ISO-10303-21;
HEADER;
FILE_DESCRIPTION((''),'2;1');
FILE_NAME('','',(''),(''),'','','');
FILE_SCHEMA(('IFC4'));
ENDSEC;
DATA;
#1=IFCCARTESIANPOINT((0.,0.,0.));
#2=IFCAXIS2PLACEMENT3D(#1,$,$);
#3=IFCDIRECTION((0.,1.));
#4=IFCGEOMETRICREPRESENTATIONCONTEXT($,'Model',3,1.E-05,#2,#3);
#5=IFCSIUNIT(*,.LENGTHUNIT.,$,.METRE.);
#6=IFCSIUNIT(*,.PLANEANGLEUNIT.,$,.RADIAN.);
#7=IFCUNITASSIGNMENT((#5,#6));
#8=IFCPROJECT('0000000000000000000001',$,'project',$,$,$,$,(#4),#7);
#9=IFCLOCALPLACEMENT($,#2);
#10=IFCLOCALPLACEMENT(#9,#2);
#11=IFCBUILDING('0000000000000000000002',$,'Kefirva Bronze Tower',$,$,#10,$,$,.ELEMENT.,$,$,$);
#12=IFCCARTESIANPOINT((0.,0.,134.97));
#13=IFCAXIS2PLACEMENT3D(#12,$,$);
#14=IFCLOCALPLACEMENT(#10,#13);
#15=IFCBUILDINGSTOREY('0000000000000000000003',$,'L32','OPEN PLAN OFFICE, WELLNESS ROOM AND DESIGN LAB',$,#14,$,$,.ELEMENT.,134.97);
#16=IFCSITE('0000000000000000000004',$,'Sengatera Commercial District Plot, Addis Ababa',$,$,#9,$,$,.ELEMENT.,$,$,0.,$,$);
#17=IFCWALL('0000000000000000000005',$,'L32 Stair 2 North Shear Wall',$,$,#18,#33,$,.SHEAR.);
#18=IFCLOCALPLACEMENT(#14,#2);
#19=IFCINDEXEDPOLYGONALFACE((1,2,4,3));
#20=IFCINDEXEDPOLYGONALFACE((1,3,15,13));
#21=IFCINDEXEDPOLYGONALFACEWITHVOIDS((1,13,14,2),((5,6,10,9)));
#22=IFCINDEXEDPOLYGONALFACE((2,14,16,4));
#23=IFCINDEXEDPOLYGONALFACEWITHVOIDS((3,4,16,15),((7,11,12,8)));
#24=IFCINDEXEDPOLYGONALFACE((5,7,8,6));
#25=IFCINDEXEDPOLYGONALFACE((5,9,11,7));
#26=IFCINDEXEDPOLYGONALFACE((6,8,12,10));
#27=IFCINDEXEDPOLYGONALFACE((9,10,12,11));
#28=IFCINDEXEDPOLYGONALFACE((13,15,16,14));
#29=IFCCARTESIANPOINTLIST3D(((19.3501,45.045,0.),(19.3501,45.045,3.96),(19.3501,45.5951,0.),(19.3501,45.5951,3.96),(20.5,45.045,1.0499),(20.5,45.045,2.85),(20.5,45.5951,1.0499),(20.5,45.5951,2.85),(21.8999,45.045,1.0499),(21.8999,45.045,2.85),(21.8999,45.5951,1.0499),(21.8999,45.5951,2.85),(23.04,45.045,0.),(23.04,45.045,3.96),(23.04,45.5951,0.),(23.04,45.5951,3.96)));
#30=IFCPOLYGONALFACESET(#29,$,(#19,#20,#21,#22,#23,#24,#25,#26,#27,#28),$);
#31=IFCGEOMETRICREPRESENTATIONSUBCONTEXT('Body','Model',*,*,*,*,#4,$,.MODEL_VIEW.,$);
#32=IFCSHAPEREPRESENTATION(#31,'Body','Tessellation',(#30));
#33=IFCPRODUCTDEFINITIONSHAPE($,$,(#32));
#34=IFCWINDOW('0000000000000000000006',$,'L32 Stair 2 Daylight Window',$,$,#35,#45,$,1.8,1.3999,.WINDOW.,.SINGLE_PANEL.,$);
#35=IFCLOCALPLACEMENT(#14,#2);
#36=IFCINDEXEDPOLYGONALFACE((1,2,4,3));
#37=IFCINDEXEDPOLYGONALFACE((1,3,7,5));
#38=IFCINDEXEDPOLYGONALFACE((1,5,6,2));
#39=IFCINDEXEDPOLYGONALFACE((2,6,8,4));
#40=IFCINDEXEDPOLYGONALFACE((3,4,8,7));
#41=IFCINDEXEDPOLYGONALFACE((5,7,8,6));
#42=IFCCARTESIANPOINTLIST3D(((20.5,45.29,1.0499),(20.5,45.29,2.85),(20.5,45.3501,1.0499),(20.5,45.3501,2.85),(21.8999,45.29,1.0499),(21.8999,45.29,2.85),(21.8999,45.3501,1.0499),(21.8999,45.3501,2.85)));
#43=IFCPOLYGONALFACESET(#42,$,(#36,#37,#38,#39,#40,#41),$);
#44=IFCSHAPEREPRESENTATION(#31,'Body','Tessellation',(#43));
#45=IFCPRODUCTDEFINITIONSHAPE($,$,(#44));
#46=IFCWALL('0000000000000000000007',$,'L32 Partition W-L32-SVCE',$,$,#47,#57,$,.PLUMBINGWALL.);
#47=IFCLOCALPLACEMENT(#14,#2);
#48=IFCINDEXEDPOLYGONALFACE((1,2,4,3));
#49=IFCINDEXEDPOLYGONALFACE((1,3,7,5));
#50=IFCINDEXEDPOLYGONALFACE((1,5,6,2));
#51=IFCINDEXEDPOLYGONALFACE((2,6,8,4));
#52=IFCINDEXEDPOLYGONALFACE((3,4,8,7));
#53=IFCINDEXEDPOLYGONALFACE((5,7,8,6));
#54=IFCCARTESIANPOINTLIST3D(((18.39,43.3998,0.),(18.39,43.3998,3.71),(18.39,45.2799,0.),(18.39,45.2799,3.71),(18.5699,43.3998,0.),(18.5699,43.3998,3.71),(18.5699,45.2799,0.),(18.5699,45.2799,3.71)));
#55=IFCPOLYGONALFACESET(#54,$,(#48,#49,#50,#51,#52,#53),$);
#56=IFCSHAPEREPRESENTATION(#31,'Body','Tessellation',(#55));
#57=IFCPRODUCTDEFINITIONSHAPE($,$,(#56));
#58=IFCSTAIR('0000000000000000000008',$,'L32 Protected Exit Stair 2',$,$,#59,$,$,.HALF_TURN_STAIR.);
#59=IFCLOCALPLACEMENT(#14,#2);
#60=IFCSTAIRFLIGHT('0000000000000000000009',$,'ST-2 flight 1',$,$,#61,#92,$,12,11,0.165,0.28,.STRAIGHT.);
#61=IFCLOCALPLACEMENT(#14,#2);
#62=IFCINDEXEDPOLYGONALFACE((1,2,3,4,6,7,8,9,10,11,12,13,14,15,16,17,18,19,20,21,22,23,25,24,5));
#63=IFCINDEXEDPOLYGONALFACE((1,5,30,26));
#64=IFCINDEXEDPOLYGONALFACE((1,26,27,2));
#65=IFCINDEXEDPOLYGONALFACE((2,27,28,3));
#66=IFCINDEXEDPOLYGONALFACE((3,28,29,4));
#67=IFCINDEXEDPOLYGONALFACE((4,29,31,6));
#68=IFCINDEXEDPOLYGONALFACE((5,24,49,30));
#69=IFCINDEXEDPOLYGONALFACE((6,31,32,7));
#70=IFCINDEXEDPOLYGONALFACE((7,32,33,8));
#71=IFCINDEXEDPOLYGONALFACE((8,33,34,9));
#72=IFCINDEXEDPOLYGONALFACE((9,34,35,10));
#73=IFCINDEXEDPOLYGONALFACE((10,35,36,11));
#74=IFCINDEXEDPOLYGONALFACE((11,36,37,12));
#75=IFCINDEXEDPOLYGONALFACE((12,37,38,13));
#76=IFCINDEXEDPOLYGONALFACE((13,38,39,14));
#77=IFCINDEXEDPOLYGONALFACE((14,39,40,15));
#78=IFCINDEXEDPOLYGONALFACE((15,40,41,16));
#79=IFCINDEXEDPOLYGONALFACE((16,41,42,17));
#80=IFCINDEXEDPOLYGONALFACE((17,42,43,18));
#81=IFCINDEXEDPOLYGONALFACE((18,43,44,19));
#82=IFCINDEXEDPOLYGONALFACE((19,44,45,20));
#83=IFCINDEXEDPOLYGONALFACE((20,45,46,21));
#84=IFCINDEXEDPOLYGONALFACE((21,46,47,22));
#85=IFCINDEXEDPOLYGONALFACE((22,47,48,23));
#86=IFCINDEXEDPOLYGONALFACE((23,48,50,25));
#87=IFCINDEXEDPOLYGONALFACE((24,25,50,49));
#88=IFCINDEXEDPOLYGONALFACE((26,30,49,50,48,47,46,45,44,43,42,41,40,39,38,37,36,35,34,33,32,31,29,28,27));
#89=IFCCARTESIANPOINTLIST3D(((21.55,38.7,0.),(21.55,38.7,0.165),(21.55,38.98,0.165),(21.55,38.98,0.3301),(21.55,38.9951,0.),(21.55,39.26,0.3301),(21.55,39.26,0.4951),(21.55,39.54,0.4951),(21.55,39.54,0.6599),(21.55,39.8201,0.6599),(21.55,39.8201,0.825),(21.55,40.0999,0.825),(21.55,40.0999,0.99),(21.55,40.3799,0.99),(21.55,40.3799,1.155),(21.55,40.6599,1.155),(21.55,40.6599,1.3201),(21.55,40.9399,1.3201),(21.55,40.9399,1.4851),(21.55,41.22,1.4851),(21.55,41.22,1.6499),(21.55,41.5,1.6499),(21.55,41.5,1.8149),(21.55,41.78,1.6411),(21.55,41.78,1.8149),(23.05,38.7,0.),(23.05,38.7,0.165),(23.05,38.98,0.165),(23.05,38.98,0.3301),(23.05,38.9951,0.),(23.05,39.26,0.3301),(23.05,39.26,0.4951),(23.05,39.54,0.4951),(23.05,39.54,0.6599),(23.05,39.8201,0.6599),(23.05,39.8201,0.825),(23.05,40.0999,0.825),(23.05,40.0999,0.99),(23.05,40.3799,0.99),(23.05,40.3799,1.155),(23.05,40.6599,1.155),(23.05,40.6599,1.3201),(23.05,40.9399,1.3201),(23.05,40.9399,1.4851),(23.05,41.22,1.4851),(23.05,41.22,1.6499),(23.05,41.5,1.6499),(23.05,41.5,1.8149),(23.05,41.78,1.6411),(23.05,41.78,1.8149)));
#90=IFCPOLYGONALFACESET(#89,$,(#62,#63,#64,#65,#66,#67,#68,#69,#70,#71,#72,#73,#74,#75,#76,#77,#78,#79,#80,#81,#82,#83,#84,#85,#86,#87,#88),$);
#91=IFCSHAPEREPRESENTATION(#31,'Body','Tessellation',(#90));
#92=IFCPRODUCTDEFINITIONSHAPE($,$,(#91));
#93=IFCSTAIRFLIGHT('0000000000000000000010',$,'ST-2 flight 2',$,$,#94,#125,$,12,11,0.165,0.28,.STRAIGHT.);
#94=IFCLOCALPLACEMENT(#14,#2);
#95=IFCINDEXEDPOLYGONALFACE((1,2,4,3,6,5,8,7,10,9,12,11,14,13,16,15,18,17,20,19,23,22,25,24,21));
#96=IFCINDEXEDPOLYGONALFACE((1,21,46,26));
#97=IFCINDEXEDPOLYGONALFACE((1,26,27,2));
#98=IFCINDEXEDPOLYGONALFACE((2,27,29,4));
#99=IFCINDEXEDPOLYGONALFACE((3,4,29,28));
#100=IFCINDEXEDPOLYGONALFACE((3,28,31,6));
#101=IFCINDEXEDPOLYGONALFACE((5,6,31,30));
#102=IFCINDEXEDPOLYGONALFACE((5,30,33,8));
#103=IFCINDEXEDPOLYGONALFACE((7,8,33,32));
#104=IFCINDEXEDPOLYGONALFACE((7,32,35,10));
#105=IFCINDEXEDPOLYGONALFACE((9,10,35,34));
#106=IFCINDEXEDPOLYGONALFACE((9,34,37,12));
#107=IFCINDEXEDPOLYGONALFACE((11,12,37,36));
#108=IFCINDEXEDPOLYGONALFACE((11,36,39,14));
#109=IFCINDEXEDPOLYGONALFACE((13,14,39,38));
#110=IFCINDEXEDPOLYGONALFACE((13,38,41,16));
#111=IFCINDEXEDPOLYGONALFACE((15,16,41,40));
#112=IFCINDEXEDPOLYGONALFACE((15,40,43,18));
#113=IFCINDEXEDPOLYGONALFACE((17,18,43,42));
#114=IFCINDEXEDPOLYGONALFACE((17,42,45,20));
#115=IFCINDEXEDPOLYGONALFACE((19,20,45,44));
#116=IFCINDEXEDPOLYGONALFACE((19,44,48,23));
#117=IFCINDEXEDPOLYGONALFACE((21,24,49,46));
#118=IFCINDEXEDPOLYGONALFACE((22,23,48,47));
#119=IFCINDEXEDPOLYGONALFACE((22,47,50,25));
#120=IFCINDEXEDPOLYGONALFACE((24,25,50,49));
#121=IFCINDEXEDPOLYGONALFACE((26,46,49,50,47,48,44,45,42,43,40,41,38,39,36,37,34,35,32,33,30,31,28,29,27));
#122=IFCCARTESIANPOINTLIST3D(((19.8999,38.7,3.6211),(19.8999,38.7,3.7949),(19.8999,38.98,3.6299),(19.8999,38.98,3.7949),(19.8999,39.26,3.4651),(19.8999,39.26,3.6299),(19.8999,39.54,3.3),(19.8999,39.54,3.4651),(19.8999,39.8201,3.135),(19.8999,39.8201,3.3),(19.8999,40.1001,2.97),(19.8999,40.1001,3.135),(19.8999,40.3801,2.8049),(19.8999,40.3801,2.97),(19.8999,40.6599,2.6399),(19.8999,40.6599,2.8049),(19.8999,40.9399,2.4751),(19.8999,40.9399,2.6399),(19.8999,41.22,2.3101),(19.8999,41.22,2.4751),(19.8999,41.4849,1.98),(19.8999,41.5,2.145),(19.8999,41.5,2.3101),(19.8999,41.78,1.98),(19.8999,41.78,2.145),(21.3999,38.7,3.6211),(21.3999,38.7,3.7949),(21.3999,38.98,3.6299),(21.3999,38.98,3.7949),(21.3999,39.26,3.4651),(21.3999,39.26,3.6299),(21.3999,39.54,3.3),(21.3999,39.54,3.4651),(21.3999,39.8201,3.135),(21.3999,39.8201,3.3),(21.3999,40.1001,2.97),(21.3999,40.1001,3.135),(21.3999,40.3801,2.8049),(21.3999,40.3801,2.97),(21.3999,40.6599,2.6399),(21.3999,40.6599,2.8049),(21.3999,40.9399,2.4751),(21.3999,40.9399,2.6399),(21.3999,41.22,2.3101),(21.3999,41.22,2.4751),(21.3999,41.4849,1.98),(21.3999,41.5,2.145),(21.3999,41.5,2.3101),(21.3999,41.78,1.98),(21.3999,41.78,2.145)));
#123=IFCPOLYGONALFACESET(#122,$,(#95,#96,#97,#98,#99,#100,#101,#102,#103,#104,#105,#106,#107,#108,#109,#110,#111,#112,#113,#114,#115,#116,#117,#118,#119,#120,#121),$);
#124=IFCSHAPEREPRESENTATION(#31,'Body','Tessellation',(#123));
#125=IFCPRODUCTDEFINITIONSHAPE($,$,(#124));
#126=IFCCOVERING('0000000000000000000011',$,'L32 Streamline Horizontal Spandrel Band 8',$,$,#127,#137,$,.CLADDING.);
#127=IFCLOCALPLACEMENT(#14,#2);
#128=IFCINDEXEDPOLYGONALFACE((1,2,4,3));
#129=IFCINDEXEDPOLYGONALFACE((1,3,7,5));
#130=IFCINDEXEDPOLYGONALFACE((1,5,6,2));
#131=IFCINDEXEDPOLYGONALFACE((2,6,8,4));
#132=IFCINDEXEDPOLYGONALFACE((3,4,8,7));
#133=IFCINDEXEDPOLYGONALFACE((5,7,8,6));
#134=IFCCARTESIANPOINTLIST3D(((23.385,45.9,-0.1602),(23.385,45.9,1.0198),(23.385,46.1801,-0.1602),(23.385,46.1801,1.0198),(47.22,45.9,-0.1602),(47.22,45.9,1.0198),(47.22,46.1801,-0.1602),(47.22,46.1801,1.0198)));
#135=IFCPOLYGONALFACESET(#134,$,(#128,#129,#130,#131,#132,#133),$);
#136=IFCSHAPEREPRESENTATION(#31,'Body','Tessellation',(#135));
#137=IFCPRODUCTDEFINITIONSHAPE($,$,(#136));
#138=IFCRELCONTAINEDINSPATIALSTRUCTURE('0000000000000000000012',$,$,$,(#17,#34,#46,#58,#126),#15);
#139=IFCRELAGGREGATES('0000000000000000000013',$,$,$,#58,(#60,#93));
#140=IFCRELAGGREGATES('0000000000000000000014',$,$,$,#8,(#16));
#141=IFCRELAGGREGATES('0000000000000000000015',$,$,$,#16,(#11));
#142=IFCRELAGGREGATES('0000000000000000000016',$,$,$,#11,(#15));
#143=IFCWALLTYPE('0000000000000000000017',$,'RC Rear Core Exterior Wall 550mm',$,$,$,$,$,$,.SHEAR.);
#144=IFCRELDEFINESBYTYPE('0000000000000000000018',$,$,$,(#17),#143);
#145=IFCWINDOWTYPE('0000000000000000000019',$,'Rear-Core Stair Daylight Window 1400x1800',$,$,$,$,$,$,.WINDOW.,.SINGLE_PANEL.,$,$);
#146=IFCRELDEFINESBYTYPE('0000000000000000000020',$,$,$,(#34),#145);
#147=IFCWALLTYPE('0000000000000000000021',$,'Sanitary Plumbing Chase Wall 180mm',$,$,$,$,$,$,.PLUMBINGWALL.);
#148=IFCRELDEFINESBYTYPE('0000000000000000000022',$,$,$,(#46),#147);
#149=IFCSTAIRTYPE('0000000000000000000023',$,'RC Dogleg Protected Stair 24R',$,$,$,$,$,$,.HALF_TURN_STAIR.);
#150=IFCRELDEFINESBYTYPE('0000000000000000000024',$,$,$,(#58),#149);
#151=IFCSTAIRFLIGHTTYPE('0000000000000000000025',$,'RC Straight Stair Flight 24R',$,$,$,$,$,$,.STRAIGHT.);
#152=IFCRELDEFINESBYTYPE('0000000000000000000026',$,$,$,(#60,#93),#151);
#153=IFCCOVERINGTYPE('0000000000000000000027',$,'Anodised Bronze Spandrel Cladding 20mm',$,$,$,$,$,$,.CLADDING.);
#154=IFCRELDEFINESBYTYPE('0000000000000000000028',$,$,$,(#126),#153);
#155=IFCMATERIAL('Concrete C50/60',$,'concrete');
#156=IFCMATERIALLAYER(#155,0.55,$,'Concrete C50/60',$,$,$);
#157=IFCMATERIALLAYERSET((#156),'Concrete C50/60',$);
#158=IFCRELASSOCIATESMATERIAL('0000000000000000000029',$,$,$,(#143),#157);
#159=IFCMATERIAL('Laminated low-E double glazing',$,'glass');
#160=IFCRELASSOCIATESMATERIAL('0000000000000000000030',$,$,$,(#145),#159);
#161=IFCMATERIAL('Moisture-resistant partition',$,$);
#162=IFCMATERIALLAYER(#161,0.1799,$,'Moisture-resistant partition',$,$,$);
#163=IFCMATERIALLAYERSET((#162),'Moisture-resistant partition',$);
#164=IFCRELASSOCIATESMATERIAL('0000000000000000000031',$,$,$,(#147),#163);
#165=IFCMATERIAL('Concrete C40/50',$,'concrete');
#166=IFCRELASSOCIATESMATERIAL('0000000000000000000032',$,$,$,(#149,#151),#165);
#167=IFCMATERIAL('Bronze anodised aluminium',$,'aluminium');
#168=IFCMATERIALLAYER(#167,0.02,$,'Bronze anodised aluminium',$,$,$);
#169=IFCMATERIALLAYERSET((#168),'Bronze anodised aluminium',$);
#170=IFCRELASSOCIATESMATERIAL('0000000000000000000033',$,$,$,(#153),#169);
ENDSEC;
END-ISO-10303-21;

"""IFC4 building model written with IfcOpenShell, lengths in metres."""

from ifc_helpers import new_model, si_unit, direction, frame, frame_2d, origin, origin_2d, place, context, subcontext, project, spatial, polyline, rectangle, outline, extrude, material, layer, layer_set, type_object, element, fill, aggregate, save


model = new_model("IFC4")

# Units and contexts
model_context = context("Model", 3, precision=1e-05, world=origin(), true_north=direction((0.0, 1.0)))
body_context = subcontext(model_context, "Body", "Model", "MODEL_VIEW")
ifc_project = project(units=[si_unit("LENGTHUNIT", "METRE"), si_unit("PLANEANGLEUNIT", "RADIAN")], contexts=[model_context])

# Site, building, storey
site_placement = place(None, origin())
site = spatial("IfcSite", under=ifc_project, at=site_placement, Name="Sengatera Commercial District Plot, Addis Ababa", CompositionType="ELEMENT", RefElevation=0.0)
building_placement = place(site_placement, origin())
building = spatial("IfcBuilding", under=site, at=building_placement, Name="Kefirva Bronze Tower", CompositionType="ELEMENT")
storey_placement = place(building_placement, frame((0.0, 0.0, 134.97)))
storey = spatial("IfcBuildingStorey", under=building, at=storey_placement, Name="L32", Description="OPEN PLAN OFFICE, WELLNESS ROOM AND DESIGN LAB", CompositionType="ELEMENT", Elevation=134.97)

# Shared definitions
ifc_material_1 = material(Name="Bronze anodised aluminium", Category="aluminium")

# Shared definitions
ifc_material_2 = material(Name="Concrete C50/60", Category="concrete")

# Shared definitions
ifc_material_3 = material(Name="Laminated low-E double glazing", Category="glass")

# Wall, opening, window
ifc_layer_1 = layer(ifc_material_2, 0.55, Name="Concrete C50/60")
ifc_layer_set_1 = layer_set([ifc_layer_1], Name="Concrete C50/60")
wall_type_1 = type_object("IfcWallType", Name="RC Rear Core Exterior Wall 550mm", PredefinedType="SHEAR", material=ifc_layer_set_1)
wall_1_placement = place(storey_placement, frame((19.3501, 45.3201, 0.0), z_axis=(0.0, 0.0, 1.0), x_axis=(1.0, 0.0, 0.0)))
wall_1 = element("IfcWall", 1, at=wall_1_placement, inside=storey, type_object=wall_type_1, Name="L32 Stair 2 North Shear Wall", PredefinedType="SHEAR", context=body_context, shape_type="SweptSolid", body=[
    extrude(rectangle(XDim=3.6899, YDim=0.55, at=frame_2d((1.845, 0.0))), origin(), (0.0, 0.0, 1.0), 3.96),
])
opening_placement = place(wall_1_placement, frame((1.1499, 0.0, 1.05)))
opening = element("IfcOpeningElement", 2, at=opening_placement, cuts=wall_1, PredefinedType="OPENING", context=body_context, shape_type="SweptSolid", body=[
    extrude(rectangle(XDim=1.3999, YDim=1.8, at=frame_2d((0.7, 0.8999))), frame((0.0, 0.2852, 0.0), z_axis=(0.0, -1.0, 0.0), x_axis=(1.0, 0.0, 0.0)), (0.0, 0.0, 1.0), 0.5701),
])
window_type = type_object("IfcWindowType", Name="Rear-Core Stair Daylight Window 1400x1800", PartitioningType="SINGLE_PANEL", PredefinedType="WINDOW", material=ifc_material_3)
window_placement = place(opening_placement, origin())
window = element("IfcWindow", 3, at=window_placement, inside=storey, type_object=window_type, Name="L32 Stair 2 Daylight Window", OverallHeight=1.8, OverallWidth=1.3999, PartitioningType="SINGLE_PANEL", PredefinedType="WINDOW", context=body_context, shape_type="SweptSolid", body=[
    extrude(rectangle(XDim=1.3999, YDim=1.8, at=frame_2d((0.7, 0.8999))), frame((0.0, 0.03, 0.0), z_axis=(0.0, -1.0, 0.0), x_axis=(1.0, 0.0, 0.0)), (0.0, 0.0, 1.0), 0.0601),
])
fill(opening, window)

# Wall
ifc_material_4 = material(Name="Moisture-resistant partition")
ifc_layer_2 = layer(ifc_material_4, 0.1799, Name="Moisture-resistant partition")
ifc_layer_set_2 = layer_set([ifc_layer_2], Name="Moisture-resistant partition")
wall_type_2 = type_object("IfcWallType", Name="Sanitary Plumbing Chase Wall 180mm", PredefinedType="PLUMBINGWALL", material=ifc_layer_set_2)
wall_2_placement = place(storey_placement, frame((18.48, 43.3999, 0.0), z_axis=(0.0, 0.0, 1.0), x_axis=(0.0, 1.0, 0.0)))
element("IfcWall", 4, at=wall_2_placement, inside=storey, type_object=wall_type_2, Name="L32 Partition W-L32-SVCE", PredefinedType="PLUMBINGWALL", context=body_context, shape_type="SweptSolid", body=[
    extrude(rectangle(XDim=1.8801, YDim=0.1799, at=frame_2d((0.9399, 0.0))), origin(), (0.0, 0.0, 1.0), 3.71),
])

# Stair, stair flights
ifc_material_5 = material(Name="Concrete C40/50", Category="concrete")
stair_type = type_object("IfcStairType", Name="RC Dogleg Protected Stair 24R", PredefinedType="HALF_TURN_STAIR", material=ifc_material_5)
stair_placement = place(storey_placement, origin())
stair = element("IfcStair", 5, at=stair_placement, inside=storey, type_object=stair_type, Name="L32 Protected Exit Stair 2", PredefinedType="HALF_TURN_STAIR")
stair_flight_type = type_object("IfcStairFlightType", Name="RC Straight Stair Flight 24R", PredefinedType="STRAIGHT", material=ifc_material_5)
stair_flight_1_placement = place(storey_placement, frame((22.3, 38.7, 0.0), z_axis=(0.0, 0.0, 1.0), x_axis=(0.0, 1.0, 0.0)))
stair_flight_1 = element("IfcStairFlight", 6, at=stair_flight_1_placement, type_object=stair_flight_type, Name="ST-2 flight 1", NumberOfRisers=12, NumberOfTreads=11, PredefinedType="STRAIGHT", RiserHeight=0.165, TreadLength=0.28, context=body_context, shape_type="SweptSolid", body=[
    extrude(outline(polyline([(0.0, 0.0), (0.0, 0.165), (0.28, 0.165), (0.28, 0.3301), (0.5601, 0.3301), (0.5601, 0.4951), (0.8401, 0.4951), (0.8401, 0.6599), (1.1201, 0.6599), (1.1201, 0.825), (1.3999, 0.825), (1.3999, 0.99), (1.6799, 0.99), (1.6799, 1.155), (1.96, 1.155), (1.96, 1.3201), (2.24, 1.3201), (2.24, 1.4851), (2.52, 1.4851), (2.52, 1.6499), (2.8, 1.6499), (2.8, 1.8149), (3.0801, 1.8149), (3.0801, 1.98), (3.0801, 1.6411), (0.2952, 0.0), (0.0, 0.0)])), frame((0.0, 0.75, 0.0), z_axis=(0.0, -1.0, 0.0), x_axis=(1.0, 0.0, 0.0)), (0.0, 0.0, 1.0), 1.5),
])
stair_flight_2_placement = place(storey_placement, frame((20.6499, 41.78, 1.98), z_axis=(0.0, 0.0, 1.0), x_axis=(0.0, -1.0, 0.0)))
stair_flight_2 = element("IfcStairFlight", 7, at=stair_flight_2_placement, type_object=stair_flight_type, Name="ST-2 flight 2", NumberOfRisers=12, NumberOfTreads=11, PredefinedType="STRAIGHT", RiserHeight=0.165, TreadLength=0.28, context=body_context, shape_type="SweptSolid", body=[
    extrude(outline(polyline([(0.0, 0.0), (0.0, 0.165), (0.28, 0.165), (0.28, 0.3301), (0.5601, 0.3301), (0.5601, 0.4951), (0.8401, 0.4951), (0.8401, 0.6599), (1.1201, 0.6599), (1.1201, 0.825), (1.3999, 0.825), (1.3999, 0.99), (1.6799, 0.99), (1.6799, 1.155), (1.96, 1.155), (1.96, 1.3201), (2.24, 1.3201), (2.24, 1.4851), (2.52, 1.4851), (2.52, 1.6499), (2.8, 1.6499), (2.8, 1.8149), (3.0801, 1.8149), (3.0801, 1.98), (3.0801, 1.6411), (0.2952, 0.0), (0.0, 0.0)])), frame((0.0, 0.75, 0.0), z_axis=(0.0, -1.0, 0.0), x_axis=(1.0, 0.0, 0.0)), (0.0, 0.0, 1.0), 1.5),
])
aggregate(stair, [stair_flight_1, stair_flight_2])

# Covering
ifc_layer_3 = layer(ifc_material_1, 0.02, Name="Bronze anodised aluminium")
ifc_layer_set_3 = layer_set([ifc_layer_3], Name="Bronze anodised aluminium")
covering_type_1 = type_object("IfcCoveringType", Name="Anodised Bronze Spandrel Cladding 20mm", PredefinedType="CLADDING", material=ifc_layer_set_3)
covering_placement = place(storey_placement, frame((35.3025, 46.04, -0.1602), z_axis=(0.0, 0.0, 1.0), x_axis=(-1.0, 0.0, 0.0)))
element("IfcCovering", 8, at=covering_placement, inside=storey, type_object=covering_type_1, Name="L32 Streamline Horizontal Spandrel Band 8", PredefinedType="CLADDING", context=body_context, shape_type="SweptSolid", body=[
    extrude(rectangle(XDim=23.835, YDim=0.28, at=origin_2d()), origin(), (0.0, 0.0, 1.0), 1.1799),
])

save(model, "model.ifc")
